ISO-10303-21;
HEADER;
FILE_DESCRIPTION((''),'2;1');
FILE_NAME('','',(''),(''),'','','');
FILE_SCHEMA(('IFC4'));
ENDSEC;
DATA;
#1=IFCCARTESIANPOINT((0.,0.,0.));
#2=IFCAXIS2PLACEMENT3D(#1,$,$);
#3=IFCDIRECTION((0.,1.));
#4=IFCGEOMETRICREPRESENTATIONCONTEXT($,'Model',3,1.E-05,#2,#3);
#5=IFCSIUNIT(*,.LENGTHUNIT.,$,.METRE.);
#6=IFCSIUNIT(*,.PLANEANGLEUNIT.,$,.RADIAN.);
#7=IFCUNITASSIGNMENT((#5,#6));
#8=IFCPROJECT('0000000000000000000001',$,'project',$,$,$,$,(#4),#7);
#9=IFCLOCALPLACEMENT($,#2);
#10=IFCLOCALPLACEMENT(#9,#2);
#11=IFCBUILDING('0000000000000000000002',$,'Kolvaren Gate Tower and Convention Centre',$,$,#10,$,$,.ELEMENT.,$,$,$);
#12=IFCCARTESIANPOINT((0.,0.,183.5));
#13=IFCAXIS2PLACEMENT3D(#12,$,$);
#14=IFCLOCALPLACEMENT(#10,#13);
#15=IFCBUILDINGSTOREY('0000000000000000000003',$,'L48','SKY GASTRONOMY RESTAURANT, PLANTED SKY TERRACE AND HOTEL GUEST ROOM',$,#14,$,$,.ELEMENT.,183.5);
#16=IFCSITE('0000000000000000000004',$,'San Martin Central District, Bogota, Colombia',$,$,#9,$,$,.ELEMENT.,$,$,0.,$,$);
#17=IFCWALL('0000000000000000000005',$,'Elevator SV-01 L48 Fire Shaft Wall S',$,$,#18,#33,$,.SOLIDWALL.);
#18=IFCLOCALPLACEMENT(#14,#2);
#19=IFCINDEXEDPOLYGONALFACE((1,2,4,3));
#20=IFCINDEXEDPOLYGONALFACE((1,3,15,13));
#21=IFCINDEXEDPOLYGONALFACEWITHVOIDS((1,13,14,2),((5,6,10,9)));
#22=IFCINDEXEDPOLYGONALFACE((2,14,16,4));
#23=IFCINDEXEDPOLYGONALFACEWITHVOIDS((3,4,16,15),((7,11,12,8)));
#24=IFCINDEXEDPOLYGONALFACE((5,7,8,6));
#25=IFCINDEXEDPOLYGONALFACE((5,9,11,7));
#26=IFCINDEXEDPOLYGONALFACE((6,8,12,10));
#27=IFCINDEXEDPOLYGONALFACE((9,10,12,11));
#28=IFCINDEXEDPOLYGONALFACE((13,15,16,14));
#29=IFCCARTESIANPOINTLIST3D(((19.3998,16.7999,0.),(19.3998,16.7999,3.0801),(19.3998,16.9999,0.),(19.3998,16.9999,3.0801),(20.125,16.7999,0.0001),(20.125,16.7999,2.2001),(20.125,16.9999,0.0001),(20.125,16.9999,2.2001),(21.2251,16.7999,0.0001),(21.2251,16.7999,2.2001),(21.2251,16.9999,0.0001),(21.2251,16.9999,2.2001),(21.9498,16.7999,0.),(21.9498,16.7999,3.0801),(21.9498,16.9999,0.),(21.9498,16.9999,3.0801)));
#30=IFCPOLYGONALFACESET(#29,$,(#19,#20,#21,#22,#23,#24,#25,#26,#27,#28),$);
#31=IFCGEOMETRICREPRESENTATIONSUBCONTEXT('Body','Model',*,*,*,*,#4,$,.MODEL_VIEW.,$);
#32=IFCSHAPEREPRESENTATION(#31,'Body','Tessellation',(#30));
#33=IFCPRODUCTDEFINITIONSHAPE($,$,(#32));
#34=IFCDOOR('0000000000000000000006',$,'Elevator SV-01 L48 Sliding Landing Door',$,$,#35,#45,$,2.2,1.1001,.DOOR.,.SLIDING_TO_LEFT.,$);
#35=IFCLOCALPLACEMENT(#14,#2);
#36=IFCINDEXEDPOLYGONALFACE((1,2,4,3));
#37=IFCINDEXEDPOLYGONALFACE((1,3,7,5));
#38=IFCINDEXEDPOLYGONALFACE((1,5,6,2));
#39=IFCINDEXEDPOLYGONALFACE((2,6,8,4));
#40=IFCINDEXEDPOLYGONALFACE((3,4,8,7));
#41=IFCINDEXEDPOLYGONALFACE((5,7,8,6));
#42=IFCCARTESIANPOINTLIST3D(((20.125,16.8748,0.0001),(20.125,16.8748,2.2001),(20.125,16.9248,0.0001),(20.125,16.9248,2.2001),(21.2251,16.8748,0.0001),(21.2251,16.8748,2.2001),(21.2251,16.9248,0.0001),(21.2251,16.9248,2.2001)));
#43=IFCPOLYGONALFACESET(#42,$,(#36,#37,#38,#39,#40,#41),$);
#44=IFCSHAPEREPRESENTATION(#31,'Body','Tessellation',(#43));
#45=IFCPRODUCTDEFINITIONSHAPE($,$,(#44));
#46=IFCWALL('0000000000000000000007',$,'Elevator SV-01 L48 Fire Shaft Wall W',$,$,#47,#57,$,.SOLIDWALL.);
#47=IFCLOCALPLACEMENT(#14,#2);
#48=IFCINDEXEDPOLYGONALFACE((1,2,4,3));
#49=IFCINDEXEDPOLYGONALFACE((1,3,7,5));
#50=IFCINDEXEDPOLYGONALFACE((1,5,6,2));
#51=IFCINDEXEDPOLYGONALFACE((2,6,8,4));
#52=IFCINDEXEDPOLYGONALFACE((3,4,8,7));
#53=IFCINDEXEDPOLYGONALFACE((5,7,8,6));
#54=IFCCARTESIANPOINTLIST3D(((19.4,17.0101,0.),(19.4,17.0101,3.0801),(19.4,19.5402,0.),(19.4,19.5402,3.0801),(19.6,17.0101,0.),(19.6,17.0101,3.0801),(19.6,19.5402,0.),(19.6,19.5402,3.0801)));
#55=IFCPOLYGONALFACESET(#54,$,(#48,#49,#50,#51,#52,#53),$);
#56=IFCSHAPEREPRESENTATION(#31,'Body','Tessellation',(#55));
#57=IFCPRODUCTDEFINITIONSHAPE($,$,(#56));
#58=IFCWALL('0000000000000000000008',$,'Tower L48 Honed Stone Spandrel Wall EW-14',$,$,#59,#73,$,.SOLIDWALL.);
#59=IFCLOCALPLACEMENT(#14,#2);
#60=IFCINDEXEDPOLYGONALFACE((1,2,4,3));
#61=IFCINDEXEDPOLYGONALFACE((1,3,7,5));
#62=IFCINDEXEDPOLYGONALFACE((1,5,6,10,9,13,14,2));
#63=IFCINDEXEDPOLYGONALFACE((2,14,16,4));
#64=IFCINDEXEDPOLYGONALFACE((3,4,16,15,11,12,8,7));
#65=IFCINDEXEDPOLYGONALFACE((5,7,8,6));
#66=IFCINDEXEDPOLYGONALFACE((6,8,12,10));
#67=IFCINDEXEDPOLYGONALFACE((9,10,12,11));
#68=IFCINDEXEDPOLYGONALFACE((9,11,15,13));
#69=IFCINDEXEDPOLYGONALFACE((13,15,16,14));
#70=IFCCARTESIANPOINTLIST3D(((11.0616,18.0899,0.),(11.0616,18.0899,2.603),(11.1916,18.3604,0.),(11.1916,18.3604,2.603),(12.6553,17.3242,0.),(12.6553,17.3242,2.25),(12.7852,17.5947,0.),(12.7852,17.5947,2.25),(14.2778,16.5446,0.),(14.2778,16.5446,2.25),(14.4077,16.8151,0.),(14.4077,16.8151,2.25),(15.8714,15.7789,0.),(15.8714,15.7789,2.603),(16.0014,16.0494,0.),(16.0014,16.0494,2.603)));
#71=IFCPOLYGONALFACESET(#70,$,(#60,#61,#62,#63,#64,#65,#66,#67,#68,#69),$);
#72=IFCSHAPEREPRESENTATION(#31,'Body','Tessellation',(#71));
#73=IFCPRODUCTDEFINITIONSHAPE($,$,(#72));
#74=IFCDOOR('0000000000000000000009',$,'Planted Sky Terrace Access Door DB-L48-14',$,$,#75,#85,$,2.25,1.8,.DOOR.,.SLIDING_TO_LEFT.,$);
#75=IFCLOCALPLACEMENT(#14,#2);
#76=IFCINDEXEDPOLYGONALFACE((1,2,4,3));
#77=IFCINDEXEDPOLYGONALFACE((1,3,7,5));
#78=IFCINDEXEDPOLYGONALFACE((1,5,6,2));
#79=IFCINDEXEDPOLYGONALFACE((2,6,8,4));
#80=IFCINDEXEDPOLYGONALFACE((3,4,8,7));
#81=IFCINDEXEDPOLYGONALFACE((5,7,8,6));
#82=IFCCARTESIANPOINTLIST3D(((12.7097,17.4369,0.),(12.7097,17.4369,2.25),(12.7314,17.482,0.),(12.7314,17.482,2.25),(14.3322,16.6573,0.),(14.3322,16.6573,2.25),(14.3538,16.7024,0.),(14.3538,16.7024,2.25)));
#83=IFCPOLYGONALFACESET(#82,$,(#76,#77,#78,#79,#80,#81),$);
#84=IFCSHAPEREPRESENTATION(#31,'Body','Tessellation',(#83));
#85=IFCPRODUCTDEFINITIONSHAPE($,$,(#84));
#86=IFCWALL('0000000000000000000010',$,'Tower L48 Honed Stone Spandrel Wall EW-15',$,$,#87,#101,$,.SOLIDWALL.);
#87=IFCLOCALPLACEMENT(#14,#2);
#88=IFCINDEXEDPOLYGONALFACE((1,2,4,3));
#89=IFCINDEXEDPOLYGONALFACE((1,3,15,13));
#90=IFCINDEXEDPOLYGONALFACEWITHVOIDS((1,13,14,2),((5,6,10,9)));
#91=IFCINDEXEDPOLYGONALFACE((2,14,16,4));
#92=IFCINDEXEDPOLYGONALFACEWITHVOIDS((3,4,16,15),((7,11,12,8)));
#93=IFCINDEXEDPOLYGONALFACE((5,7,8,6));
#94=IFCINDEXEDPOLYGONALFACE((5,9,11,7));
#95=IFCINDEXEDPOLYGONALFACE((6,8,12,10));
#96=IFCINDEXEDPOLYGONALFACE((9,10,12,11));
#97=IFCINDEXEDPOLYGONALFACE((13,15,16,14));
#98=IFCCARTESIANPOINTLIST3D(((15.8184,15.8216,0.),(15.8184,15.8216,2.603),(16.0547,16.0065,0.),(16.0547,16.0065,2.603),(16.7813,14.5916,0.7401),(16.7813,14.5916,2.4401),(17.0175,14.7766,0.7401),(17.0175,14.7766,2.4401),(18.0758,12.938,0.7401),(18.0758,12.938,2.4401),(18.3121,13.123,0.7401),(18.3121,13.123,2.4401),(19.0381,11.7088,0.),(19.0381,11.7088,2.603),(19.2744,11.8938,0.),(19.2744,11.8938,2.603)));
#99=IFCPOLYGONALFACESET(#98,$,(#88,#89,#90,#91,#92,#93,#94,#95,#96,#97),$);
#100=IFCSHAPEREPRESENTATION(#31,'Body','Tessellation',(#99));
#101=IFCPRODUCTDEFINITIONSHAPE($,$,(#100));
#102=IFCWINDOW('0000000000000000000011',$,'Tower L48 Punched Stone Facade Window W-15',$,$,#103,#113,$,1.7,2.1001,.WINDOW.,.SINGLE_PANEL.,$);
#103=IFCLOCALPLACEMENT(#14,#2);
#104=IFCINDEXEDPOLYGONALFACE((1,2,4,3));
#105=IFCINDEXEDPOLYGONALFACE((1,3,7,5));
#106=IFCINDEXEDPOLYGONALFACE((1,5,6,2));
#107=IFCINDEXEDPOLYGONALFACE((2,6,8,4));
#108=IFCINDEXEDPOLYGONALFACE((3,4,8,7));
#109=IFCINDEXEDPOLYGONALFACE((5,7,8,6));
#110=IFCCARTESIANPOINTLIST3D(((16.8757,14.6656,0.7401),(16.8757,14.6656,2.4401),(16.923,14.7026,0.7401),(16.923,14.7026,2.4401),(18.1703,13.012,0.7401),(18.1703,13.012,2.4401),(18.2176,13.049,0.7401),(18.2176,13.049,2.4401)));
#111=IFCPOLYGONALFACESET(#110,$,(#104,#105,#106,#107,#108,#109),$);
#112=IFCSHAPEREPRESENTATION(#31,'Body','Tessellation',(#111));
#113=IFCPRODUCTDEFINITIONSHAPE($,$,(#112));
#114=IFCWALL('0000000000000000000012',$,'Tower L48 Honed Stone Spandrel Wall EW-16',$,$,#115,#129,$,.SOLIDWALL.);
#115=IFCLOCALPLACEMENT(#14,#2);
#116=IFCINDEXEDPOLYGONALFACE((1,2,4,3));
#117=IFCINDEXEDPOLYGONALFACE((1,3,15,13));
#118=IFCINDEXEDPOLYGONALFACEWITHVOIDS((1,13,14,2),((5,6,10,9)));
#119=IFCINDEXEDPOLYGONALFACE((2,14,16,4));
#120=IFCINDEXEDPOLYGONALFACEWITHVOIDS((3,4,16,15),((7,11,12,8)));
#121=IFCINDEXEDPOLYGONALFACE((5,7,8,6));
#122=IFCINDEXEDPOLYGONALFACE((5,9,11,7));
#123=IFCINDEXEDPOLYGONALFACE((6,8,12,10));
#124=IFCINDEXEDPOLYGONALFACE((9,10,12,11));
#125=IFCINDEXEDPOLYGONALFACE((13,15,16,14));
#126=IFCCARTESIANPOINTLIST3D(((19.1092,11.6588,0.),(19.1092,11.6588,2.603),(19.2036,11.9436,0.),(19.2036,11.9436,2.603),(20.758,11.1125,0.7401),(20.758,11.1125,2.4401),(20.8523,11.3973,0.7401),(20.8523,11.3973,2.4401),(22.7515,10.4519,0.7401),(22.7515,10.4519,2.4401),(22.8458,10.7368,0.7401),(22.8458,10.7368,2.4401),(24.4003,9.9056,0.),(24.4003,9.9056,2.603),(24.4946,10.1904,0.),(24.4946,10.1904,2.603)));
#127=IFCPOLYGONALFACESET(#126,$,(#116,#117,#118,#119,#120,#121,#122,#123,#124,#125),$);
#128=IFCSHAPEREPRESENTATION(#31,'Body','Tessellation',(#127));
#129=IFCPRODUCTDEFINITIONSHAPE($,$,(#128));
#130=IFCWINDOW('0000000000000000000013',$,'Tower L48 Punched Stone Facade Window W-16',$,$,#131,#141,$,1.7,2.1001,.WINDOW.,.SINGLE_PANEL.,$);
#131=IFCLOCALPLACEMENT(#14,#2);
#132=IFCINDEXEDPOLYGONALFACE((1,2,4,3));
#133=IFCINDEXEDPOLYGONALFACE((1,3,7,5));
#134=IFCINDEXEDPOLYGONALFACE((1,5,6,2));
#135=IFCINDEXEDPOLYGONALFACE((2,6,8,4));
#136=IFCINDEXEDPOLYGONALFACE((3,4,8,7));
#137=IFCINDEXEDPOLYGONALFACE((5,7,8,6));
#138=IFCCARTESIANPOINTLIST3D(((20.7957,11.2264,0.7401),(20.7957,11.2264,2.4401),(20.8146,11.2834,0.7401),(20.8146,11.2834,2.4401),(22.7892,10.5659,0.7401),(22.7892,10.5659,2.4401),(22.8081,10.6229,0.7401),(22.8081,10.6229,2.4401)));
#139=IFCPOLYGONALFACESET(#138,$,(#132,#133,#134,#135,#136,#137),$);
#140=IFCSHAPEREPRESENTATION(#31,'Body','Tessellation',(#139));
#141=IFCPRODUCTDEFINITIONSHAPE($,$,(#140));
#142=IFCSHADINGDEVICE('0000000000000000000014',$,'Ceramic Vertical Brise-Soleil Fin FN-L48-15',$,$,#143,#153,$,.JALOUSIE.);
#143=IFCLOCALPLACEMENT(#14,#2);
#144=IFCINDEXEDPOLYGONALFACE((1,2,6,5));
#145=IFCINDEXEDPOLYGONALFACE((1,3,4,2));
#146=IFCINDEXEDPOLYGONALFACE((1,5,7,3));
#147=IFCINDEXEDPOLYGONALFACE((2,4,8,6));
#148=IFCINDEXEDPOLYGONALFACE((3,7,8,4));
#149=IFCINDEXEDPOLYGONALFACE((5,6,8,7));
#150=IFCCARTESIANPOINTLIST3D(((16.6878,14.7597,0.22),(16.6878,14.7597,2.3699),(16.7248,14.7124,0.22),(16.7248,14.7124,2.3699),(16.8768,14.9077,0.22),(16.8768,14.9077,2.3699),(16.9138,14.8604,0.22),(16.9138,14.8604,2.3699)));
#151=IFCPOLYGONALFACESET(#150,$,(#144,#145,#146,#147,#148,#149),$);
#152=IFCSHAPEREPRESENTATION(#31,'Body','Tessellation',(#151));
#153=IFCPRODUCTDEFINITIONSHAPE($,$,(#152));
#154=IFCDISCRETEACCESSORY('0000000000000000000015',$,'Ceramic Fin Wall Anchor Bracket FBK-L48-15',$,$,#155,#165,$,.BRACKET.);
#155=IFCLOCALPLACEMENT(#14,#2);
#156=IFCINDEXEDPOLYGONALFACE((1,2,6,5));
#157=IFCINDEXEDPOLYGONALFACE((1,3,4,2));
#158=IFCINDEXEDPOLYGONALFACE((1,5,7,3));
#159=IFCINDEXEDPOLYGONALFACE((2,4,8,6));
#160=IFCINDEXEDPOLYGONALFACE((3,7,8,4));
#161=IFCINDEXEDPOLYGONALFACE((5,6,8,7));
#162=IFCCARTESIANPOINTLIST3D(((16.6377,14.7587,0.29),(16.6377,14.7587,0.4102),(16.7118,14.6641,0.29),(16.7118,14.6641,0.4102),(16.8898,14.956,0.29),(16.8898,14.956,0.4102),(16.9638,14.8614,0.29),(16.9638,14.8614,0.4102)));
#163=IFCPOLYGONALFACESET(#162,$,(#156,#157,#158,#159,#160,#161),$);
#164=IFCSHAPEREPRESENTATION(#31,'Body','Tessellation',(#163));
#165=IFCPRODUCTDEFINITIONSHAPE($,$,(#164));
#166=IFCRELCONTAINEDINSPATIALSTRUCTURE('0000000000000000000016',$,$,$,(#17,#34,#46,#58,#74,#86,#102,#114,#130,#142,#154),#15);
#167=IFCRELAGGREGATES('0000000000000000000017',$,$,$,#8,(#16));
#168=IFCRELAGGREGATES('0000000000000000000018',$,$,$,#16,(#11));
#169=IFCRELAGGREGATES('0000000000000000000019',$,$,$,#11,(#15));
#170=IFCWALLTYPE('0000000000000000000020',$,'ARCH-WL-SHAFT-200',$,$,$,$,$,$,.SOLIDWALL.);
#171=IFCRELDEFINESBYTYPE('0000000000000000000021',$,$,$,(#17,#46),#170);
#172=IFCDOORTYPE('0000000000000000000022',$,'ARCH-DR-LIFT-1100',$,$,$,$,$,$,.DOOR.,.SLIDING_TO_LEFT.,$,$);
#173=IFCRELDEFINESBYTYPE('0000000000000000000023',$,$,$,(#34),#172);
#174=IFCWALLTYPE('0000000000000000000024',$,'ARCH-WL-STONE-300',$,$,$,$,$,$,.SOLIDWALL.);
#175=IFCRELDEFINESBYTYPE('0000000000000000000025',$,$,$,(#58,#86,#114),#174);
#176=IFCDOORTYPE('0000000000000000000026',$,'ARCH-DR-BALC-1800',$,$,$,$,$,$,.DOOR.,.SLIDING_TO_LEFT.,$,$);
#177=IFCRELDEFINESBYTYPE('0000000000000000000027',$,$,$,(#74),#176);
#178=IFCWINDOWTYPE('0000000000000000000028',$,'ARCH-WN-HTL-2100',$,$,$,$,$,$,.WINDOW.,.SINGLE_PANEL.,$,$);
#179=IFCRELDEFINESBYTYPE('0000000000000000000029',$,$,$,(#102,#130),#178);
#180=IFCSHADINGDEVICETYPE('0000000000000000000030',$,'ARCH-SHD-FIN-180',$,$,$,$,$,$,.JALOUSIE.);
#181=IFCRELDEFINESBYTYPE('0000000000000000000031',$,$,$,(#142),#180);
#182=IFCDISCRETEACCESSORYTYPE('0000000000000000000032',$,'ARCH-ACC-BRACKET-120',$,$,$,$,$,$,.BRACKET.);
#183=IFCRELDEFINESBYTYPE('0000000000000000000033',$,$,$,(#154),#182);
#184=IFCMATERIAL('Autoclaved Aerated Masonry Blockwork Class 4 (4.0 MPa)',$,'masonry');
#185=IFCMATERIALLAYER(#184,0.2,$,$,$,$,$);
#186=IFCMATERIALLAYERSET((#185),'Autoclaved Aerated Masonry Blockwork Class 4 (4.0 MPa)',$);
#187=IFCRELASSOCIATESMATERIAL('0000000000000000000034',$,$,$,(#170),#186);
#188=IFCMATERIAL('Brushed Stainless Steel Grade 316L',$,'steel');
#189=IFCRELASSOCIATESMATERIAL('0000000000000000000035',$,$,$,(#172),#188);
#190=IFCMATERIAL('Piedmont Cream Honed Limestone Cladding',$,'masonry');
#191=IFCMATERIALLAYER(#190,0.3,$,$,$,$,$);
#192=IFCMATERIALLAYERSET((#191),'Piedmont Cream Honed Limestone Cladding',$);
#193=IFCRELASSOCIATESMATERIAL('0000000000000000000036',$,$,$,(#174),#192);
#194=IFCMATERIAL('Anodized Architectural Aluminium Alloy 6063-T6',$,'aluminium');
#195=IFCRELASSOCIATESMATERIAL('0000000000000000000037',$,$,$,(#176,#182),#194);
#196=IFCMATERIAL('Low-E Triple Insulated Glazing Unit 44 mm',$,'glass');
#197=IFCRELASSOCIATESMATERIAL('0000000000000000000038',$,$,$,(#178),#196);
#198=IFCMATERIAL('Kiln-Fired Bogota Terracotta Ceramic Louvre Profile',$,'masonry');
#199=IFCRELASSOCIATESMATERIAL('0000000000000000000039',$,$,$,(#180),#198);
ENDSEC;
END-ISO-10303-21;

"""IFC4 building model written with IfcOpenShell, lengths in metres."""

from ifc_helpers import new_model, si_unit, direction, frame, frame_2d, origin, origin_2d, place, context, subcontext, project, spatial, rectangle, extrude, material, layer, layer_set, type_object, element, fill, save


model = new_model("IFC4")

# Units and contexts
model_context = context("Model", 3, precision=1e-05, world=origin(), true_north=direction((0.0, 1.0)))
body_context = subcontext(model_context, "Body", "Model", "MODEL_VIEW")
ifc_project = project(units=[si_unit("LENGTHUNIT", "METRE"), si_unit("PLANEANGLEUNIT", "RADIAN")], contexts=[model_context])

# Site, building, storey
site_placement = place(None, origin())
site = spatial("IfcSite", under=ifc_project, at=site_placement, Name="San Martin Central District, Bogota, Colombia", CompositionType="ELEMENT", RefElevation=0.0)
building_placement = place(site_placement, origin())
building = spatial("IfcBuilding", under=site, at=building_placement, Name="Kolvaren Gate Tower and Convention Centre", CompositionType="ELEMENT")
storey_placement = place(building_placement, frame((0.0, 0.0, 183.5)))
storey = spatial("IfcBuildingStorey", under=building, at=storey_placement, Name="L48", Description="SKY GASTRONOMY RESTAURANT, PLANTED SKY TERRACE AND HOTEL GUEST ROOM", CompositionType="ELEMENT", Elevation=183.5)

# Shared definitions
ifc_material_1 = material(Name="Piedmont Cream Honed Limestone Cladding", Category="masonry")

# Wall, opening, door
ifc_material_2 = material(Name="Autoclaved Aerated Masonry Blockwork Class 4 (4.0 MPa)", Category="masonry")
ifc_layer_1 = layer(ifc_material_2, 0.2)
ifc_layer_set_1 = layer_set([ifc_layer_1], Name="Autoclaved Aerated Masonry Blockwork Class 4 (4.0 MPa)")
wall_type_1 = type_object("IfcWallType", Name="ARCH-WL-SHAFT-200", PredefinedType="SOLIDWALL", material=ifc_layer_set_1)
wall_1_placement = place(storey_placement, frame((19.3999, 16.8999, 0.0), z_axis=(0.0, 0.0, 1.0), x_axis=(1.0, 0.0, 0.0)))
wall_1 = element("IfcWall", 1, at=wall_1_placement, inside=storey, type_object=wall_type_1, Name="Elevator SV-01 L48 Fire Shaft Wall S", PredefinedType="SOLIDWALL", context=body_context, shape_type="SweptSolid", body=[
    extrude(rectangle(XDim=2.55, YDim=0.2, at=frame_2d((1.2749, 0.0))), origin(), (0.0, 0.0, 1.0), 3.0801),
])
opening_1_placement = place(wall_1_placement, frame((0.7251, 0.0, 0.0)))
opening_1 = element("IfcOpeningElement", 2, at=opening_1_placement, cuts=wall_1, PredefinedType="OPENING", context=body_context, shape_type="SweptSolid", body=[
    extrude(rectangle(XDim=1.1001, YDim=2.2, at=frame_2d((0.55, 1.1001))), frame((0.0, 0.1099, 0.0), z_axis=(0.0, -1.0, 0.0), x_axis=(1.0, 0.0, 0.0)), (0.0, 0.0, 1.0), 0.22),
])
ifc_material_3 = material(Name="Brushed Stainless Steel Grade 316L", Category="steel")
door_type_1 = type_object("IfcDoorType", Name="ARCH-DR-LIFT-1100", OperationType="SLIDING_TO_LEFT", PredefinedType="DOOR", material=ifc_material_3)
door_1_placement = place(opening_1_placement, origin())
door_1 = element("IfcDoor", 3, at=door_1_placement, inside=storey, type_object=door_type_1, Name="Elevator SV-01 L48 Sliding Landing Door", OperationType="SLIDING_TO_LEFT", OverallHeight=2.2, OverallWidth=1.1001, PredefinedType="DOOR", context=body_context, shape_type="SweptSolid", body=[
    extrude(rectangle(XDim=1.1001, YDim=2.2, at=frame_2d((0.55, 1.1001))), frame((0.0, 0.0249, 0.0), z_axis=(0.0, -1.0, 0.0), x_axis=(1.0, 0.0, 0.0)), (0.0, 0.0, 1.0), 0.05),
])
fill(opening_1, door_1)

# Wall
wall_2_placement = place(storey_placement, frame((19.5, 17.01, 0.0), z_axis=(0.0, 0.0, 1.0), x_axis=(0.0, 1.0, 0.0)))
element("IfcWall", 4, at=wall_2_placement, inside=storey, type_object=wall_type_1, Name="Elevator SV-01 L48 Fire Shaft Wall W", PredefinedType="SOLIDWALL", context=body_context, shape_type="SweptSolid", body=[
    extrude(rectangle(XDim=2.53, YDim=0.2, at=frame_2d((1.2651, 0.0))), origin(), (0.0, 0.0, 1.0), 3.0801),
])

# Wall, opening, door
ifc_layer_2 = layer(ifc_material_1, 0.3)
ifc_layer_set_2 = layer_set([ifc_layer_2], Name="Piedmont Cream Honed Limestone Cladding")
wall_type_2 = type_object("IfcWallType", Name="ARCH-WL-STONE-300", PredefinedType="SOLIDWALL", material=ifc_layer_set_2)
wall_3_placement = place(storey_placement, frame((11.1267, 18.2251, 0.0), z_axis=(0.0, 0.0, 1.0), x_axis=(0.901353, -0.433085, 0.0)))
wall_3 = element("IfcWall", 5, at=wall_3_placement, inside=storey, type_object=wall_type_2, Name="Tower L48 Honed Stone Spandrel Wall EW-14", PredefinedType="SOLIDWALL", context=body_context, shape_type="SweptSolid", body=[
    extrude(rectangle(XDim=5.3362, YDim=0.3, at=frame_2d((2.668, 0.0))), origin(), (0.0, 0.0, 1.0), 2.603),
])
opening_2_placement = place(wall_3_placement, frame((1.7681, 0.0, 0.0)))
opening_2 = element("IfcOpeningElement", 6, at=opening_2_placement, cuts=wall_3, PredefinedType="OPENING", context=body_context, shape_type="SweptSolid", body=[
    extrude(rectangle(XDim=1.8, YDim=2.25, at=frame_2d((0.8999, 1.125))), frame((0.0, 0.1599, 0.0), z_axis=(0.0, -1.0, 0.0), x_axis=(1.0, 0.0, 0.0)), (0.0, 0.0, 1.0), 0.3201),
])
ifc_material_4 = material(Name="Anodized Architectural Aluminium Alloy 6063-T6", Category="aluminium")
door_type_2 = type_object("IfcDoorType", Name="ARCH-DR-BALC-1800", OperationType="SLIDING_TO_LEFT", PredefinedType="DOOR", material=ifc_material_4)
door_2_placement = place(opening_2_placement, frame((1.8, 0.0, 0.0), z_axis=(0.0, 0.0, 1.0), x_axis=(-1.0, 0.0, 0.0)))
door_2 = element("IfcDoor", 7, at=door_2_placement, inside=storey, type_object=door_type_2, Name="Planted Sky Terrace Access Door DB-L48-14", OperationType="SLIDING_TO_LEFT", OverallHeight=2.25, OverallWidth=1.8, PredefinedType="DOOR", context=body_context, shape_type="SweptSolid", body=[
    extrude(rectangle(XDim=1.8, YDim=2.25, at=frame_2d((0.8999, 1.125))), frame((0.0, 0.0249, 0.0), z_axis=(0.0, -1.0, 0.0), x_axis=(1.0, 0.0, 0.0)), (0.0, 0.0, 1.0), 0.05),
])
fill(opening_2, door_2)

# Walls, openings, windows
wall_4_placement = place(storey_placement, frame((15.9365, 15.9141, 0.0), z_axis=(0.0, 0.0, 1.0), x_axis=(0.616429, -0.78741, 0.0)))
wall_4 = element("IfcWall", 8, at=wall_4_placement, inside=storey, type_object=wall_type_2, Name="Tower L48 Honed Stone Spandrel Wall EW-15", PredefinedType="SOLIDWALL", context=body_context, shape_type="SweptSolid", body=[
    extrude(rectangle(XDim=5.2231, YDim=0.3, at=frame_2d((2.6116, 0.0))), origin(), (0.0, 0.0, 1.0), 2.603),
])
opening_3_placement = place(wall_4_placement, frame((1.562, 0.0, 0.74)))
opening_3 = element("IfcOpeningElement", 9, at=opening_3_placement, cuts=wall_4, PredefinedType="OPENING", context=body_context, shape_type="SweptSolid", body=[
    extrude(rectangle(XDim=2.1001, YDim=1.7, at=frame_2d((1.05, 0.8501))), frame((0.0, 0.1599, 0.0), z_axis=(0.0, -1.0, 0.0), x_axis=(1.0, 0.0, 0.0)), (0.0, 0.0, 1.0), 0.3201),
])
ifc_material_5 = material(Name="Low-E Triple Insulated Glazing Unit 44 mm", Category="glass")
window_type = type_object("IfcWindowType", Name="ARCH-WN-HTL-2100", PartitioningType="SINGLE_PANEL", PredefinedType="WINDOW", material=ifc_material_5)
window_1_placement = place(opening_3_placement, origin())
window_1 = element("IfcWindow", 10, at=window_1_placement, inside=storey, type_object=window_type, Name="Tower L48 Punched Stone Facade Window W-15", OverallHeight=1.7, OverallWidth=2.1001, PartitioningType="SINGLE_PANEL", PredefinedType="WINDOW", context=body_context, shape_type="SweptSolid", body=[
    extrude(rectangle(XDim=2.1001, YDim=1.7, at=frame_2d((1.05, 0.8501))), frame((0.0, 0.03, 0.0), z_axis=(0.0, -1.0, 0.0), x_axis=(1.0, 0.0, 0.0)), (0.0, 0.0, 1.0), 0.0601),
])
fill(opening_3, window_1)
wall_5_placement = place(storey_placement, frame((19.1562, 11.8013, 0.0), z_axis=(0.0, 0.0, 1.0), x_axis=(0.949247, -0.314532, 0.0)))
wall_5 = element("IfcWall", 11, at=wall_5_placement, inside=storey, type_object=wall_type_2, Name="Tower L48 Honed Stone Spandrel Wall EW-16", PredefinedType="SOLIDWALL", context=body_context, shape_type="SweptSolid", body=[
    extrude(rectangle(XDim=5.574, YDim=0.3, at=frame_2d((2.7871, 0.0))), origin(), (0.0, 0.0, 1.0), 2.603),
])
opening_4_placement = place(wall_5_placement, frame((1.7371, 0.0, 0.74)))
opening_4 = element("IfcOpeningElement", 12, at=opening_4_placement, cuts=wall_5, PredefinedType="OPENING", context=body_context, shape_type="SweptSolid", body=[
    extrude(rectangle(XDim=2.1001, YDim=1.7, at=frame_2d((1.05, 0.8501))), frame((0.0, 0.1599, 0.0), z_axis=(0.0, -1.0, 0.0), x_axis=(1.0, 0.0, 0.0)), (0.0, 0.0, 1.0), 0.3201),
])
window_2_placement = place(opening_4_placement, origin())
window_2 = element("IfcWindow", 13, at=window_2_placement, inside=storey, type_object=window_type, Name="Tower L48 Punched Stone Facade Window W-16", OverallHeight=1.7, OverallWidth=2.1001, PartitioningType="SINGLE_PANEL", PredefinedType="WINDOW", context=body_context, shape_type="SweptSolid", body=[
    extrude(rectangle(XDim=2.1001, YDim=1.7, at=frame_2d((1.05, 0.8501))), frame((0.0, 0.03, 0.0), z_axis=(0.0, -1.0, 0.0), x_axis=(1.0, 0.0, 0.0)), (0.0, 0.0, 1.0), 0.0601),
])
fill(opening_4, window_2)

# Shading device
ifc_material_6 = material(Name="Kiln-Fired Bogota Terracotta Ceramic Louvre Profile", Category="masonry")
shading_device_type = type_object("IfcShadingDeviceType", Name="ARCH-SHD-FIN-180", PredefinedType="JALOUSIE", material=ifc_material_6)
shading_device_placement = place(storey_placement, frame((16.8008, 14.8101, 0.22), z_axis=(0.0, 0.0, 1.0), x_axis=(0.616434, -0.787406, 0.0)))
element("IfcShadingDevice", 14, at=shading_device_placement, inside=storey, type_object=shading_device_type, Name="Ceramic Vertical Brise-Soleil Fin FN-L48-15", PredefinedType="JALOUSIE", context=body_context, shape_type="SweptSolid", body=[
    extrude(rectangle(XDim=0.0601, YDim=0.24, at=origin_2d()), origin(), (0.0, 0.0, 1.0), 2.1499),
])

# Discrete accessory
discrete_accessory_type = type_object("IfcDiscreteAccessoryType", Name="ARCH-ACC-BRACKET-120", PredefinedType="BRACKET", material=ifc_material_4)
discrete_accessory_placement = place(storey_placement, frame((16.8008, 14.8101, 0.29), z_axis=(0.0, 0.0, 1.0), x_axis=(0.616434, -0.787406, 0.0)))
element("IfcDiscreteAccessory", 15, at=discrete_accessory_placement, inside=storey, type_object=discrete_accessory_type, Name="Ceramic Fin Wall Anchor Bracket FBK-L48-15", PredefinedType="BRACKET", context=body_context, shape_type="SweptSolid", body=[
    extrude(rectangle(XDim=0.1201, YDim=0.3201, at=origin_2d()), origin(), (0.0, 0.0, 1.0), 0.1201),
])

save(model, "model.ifc")
